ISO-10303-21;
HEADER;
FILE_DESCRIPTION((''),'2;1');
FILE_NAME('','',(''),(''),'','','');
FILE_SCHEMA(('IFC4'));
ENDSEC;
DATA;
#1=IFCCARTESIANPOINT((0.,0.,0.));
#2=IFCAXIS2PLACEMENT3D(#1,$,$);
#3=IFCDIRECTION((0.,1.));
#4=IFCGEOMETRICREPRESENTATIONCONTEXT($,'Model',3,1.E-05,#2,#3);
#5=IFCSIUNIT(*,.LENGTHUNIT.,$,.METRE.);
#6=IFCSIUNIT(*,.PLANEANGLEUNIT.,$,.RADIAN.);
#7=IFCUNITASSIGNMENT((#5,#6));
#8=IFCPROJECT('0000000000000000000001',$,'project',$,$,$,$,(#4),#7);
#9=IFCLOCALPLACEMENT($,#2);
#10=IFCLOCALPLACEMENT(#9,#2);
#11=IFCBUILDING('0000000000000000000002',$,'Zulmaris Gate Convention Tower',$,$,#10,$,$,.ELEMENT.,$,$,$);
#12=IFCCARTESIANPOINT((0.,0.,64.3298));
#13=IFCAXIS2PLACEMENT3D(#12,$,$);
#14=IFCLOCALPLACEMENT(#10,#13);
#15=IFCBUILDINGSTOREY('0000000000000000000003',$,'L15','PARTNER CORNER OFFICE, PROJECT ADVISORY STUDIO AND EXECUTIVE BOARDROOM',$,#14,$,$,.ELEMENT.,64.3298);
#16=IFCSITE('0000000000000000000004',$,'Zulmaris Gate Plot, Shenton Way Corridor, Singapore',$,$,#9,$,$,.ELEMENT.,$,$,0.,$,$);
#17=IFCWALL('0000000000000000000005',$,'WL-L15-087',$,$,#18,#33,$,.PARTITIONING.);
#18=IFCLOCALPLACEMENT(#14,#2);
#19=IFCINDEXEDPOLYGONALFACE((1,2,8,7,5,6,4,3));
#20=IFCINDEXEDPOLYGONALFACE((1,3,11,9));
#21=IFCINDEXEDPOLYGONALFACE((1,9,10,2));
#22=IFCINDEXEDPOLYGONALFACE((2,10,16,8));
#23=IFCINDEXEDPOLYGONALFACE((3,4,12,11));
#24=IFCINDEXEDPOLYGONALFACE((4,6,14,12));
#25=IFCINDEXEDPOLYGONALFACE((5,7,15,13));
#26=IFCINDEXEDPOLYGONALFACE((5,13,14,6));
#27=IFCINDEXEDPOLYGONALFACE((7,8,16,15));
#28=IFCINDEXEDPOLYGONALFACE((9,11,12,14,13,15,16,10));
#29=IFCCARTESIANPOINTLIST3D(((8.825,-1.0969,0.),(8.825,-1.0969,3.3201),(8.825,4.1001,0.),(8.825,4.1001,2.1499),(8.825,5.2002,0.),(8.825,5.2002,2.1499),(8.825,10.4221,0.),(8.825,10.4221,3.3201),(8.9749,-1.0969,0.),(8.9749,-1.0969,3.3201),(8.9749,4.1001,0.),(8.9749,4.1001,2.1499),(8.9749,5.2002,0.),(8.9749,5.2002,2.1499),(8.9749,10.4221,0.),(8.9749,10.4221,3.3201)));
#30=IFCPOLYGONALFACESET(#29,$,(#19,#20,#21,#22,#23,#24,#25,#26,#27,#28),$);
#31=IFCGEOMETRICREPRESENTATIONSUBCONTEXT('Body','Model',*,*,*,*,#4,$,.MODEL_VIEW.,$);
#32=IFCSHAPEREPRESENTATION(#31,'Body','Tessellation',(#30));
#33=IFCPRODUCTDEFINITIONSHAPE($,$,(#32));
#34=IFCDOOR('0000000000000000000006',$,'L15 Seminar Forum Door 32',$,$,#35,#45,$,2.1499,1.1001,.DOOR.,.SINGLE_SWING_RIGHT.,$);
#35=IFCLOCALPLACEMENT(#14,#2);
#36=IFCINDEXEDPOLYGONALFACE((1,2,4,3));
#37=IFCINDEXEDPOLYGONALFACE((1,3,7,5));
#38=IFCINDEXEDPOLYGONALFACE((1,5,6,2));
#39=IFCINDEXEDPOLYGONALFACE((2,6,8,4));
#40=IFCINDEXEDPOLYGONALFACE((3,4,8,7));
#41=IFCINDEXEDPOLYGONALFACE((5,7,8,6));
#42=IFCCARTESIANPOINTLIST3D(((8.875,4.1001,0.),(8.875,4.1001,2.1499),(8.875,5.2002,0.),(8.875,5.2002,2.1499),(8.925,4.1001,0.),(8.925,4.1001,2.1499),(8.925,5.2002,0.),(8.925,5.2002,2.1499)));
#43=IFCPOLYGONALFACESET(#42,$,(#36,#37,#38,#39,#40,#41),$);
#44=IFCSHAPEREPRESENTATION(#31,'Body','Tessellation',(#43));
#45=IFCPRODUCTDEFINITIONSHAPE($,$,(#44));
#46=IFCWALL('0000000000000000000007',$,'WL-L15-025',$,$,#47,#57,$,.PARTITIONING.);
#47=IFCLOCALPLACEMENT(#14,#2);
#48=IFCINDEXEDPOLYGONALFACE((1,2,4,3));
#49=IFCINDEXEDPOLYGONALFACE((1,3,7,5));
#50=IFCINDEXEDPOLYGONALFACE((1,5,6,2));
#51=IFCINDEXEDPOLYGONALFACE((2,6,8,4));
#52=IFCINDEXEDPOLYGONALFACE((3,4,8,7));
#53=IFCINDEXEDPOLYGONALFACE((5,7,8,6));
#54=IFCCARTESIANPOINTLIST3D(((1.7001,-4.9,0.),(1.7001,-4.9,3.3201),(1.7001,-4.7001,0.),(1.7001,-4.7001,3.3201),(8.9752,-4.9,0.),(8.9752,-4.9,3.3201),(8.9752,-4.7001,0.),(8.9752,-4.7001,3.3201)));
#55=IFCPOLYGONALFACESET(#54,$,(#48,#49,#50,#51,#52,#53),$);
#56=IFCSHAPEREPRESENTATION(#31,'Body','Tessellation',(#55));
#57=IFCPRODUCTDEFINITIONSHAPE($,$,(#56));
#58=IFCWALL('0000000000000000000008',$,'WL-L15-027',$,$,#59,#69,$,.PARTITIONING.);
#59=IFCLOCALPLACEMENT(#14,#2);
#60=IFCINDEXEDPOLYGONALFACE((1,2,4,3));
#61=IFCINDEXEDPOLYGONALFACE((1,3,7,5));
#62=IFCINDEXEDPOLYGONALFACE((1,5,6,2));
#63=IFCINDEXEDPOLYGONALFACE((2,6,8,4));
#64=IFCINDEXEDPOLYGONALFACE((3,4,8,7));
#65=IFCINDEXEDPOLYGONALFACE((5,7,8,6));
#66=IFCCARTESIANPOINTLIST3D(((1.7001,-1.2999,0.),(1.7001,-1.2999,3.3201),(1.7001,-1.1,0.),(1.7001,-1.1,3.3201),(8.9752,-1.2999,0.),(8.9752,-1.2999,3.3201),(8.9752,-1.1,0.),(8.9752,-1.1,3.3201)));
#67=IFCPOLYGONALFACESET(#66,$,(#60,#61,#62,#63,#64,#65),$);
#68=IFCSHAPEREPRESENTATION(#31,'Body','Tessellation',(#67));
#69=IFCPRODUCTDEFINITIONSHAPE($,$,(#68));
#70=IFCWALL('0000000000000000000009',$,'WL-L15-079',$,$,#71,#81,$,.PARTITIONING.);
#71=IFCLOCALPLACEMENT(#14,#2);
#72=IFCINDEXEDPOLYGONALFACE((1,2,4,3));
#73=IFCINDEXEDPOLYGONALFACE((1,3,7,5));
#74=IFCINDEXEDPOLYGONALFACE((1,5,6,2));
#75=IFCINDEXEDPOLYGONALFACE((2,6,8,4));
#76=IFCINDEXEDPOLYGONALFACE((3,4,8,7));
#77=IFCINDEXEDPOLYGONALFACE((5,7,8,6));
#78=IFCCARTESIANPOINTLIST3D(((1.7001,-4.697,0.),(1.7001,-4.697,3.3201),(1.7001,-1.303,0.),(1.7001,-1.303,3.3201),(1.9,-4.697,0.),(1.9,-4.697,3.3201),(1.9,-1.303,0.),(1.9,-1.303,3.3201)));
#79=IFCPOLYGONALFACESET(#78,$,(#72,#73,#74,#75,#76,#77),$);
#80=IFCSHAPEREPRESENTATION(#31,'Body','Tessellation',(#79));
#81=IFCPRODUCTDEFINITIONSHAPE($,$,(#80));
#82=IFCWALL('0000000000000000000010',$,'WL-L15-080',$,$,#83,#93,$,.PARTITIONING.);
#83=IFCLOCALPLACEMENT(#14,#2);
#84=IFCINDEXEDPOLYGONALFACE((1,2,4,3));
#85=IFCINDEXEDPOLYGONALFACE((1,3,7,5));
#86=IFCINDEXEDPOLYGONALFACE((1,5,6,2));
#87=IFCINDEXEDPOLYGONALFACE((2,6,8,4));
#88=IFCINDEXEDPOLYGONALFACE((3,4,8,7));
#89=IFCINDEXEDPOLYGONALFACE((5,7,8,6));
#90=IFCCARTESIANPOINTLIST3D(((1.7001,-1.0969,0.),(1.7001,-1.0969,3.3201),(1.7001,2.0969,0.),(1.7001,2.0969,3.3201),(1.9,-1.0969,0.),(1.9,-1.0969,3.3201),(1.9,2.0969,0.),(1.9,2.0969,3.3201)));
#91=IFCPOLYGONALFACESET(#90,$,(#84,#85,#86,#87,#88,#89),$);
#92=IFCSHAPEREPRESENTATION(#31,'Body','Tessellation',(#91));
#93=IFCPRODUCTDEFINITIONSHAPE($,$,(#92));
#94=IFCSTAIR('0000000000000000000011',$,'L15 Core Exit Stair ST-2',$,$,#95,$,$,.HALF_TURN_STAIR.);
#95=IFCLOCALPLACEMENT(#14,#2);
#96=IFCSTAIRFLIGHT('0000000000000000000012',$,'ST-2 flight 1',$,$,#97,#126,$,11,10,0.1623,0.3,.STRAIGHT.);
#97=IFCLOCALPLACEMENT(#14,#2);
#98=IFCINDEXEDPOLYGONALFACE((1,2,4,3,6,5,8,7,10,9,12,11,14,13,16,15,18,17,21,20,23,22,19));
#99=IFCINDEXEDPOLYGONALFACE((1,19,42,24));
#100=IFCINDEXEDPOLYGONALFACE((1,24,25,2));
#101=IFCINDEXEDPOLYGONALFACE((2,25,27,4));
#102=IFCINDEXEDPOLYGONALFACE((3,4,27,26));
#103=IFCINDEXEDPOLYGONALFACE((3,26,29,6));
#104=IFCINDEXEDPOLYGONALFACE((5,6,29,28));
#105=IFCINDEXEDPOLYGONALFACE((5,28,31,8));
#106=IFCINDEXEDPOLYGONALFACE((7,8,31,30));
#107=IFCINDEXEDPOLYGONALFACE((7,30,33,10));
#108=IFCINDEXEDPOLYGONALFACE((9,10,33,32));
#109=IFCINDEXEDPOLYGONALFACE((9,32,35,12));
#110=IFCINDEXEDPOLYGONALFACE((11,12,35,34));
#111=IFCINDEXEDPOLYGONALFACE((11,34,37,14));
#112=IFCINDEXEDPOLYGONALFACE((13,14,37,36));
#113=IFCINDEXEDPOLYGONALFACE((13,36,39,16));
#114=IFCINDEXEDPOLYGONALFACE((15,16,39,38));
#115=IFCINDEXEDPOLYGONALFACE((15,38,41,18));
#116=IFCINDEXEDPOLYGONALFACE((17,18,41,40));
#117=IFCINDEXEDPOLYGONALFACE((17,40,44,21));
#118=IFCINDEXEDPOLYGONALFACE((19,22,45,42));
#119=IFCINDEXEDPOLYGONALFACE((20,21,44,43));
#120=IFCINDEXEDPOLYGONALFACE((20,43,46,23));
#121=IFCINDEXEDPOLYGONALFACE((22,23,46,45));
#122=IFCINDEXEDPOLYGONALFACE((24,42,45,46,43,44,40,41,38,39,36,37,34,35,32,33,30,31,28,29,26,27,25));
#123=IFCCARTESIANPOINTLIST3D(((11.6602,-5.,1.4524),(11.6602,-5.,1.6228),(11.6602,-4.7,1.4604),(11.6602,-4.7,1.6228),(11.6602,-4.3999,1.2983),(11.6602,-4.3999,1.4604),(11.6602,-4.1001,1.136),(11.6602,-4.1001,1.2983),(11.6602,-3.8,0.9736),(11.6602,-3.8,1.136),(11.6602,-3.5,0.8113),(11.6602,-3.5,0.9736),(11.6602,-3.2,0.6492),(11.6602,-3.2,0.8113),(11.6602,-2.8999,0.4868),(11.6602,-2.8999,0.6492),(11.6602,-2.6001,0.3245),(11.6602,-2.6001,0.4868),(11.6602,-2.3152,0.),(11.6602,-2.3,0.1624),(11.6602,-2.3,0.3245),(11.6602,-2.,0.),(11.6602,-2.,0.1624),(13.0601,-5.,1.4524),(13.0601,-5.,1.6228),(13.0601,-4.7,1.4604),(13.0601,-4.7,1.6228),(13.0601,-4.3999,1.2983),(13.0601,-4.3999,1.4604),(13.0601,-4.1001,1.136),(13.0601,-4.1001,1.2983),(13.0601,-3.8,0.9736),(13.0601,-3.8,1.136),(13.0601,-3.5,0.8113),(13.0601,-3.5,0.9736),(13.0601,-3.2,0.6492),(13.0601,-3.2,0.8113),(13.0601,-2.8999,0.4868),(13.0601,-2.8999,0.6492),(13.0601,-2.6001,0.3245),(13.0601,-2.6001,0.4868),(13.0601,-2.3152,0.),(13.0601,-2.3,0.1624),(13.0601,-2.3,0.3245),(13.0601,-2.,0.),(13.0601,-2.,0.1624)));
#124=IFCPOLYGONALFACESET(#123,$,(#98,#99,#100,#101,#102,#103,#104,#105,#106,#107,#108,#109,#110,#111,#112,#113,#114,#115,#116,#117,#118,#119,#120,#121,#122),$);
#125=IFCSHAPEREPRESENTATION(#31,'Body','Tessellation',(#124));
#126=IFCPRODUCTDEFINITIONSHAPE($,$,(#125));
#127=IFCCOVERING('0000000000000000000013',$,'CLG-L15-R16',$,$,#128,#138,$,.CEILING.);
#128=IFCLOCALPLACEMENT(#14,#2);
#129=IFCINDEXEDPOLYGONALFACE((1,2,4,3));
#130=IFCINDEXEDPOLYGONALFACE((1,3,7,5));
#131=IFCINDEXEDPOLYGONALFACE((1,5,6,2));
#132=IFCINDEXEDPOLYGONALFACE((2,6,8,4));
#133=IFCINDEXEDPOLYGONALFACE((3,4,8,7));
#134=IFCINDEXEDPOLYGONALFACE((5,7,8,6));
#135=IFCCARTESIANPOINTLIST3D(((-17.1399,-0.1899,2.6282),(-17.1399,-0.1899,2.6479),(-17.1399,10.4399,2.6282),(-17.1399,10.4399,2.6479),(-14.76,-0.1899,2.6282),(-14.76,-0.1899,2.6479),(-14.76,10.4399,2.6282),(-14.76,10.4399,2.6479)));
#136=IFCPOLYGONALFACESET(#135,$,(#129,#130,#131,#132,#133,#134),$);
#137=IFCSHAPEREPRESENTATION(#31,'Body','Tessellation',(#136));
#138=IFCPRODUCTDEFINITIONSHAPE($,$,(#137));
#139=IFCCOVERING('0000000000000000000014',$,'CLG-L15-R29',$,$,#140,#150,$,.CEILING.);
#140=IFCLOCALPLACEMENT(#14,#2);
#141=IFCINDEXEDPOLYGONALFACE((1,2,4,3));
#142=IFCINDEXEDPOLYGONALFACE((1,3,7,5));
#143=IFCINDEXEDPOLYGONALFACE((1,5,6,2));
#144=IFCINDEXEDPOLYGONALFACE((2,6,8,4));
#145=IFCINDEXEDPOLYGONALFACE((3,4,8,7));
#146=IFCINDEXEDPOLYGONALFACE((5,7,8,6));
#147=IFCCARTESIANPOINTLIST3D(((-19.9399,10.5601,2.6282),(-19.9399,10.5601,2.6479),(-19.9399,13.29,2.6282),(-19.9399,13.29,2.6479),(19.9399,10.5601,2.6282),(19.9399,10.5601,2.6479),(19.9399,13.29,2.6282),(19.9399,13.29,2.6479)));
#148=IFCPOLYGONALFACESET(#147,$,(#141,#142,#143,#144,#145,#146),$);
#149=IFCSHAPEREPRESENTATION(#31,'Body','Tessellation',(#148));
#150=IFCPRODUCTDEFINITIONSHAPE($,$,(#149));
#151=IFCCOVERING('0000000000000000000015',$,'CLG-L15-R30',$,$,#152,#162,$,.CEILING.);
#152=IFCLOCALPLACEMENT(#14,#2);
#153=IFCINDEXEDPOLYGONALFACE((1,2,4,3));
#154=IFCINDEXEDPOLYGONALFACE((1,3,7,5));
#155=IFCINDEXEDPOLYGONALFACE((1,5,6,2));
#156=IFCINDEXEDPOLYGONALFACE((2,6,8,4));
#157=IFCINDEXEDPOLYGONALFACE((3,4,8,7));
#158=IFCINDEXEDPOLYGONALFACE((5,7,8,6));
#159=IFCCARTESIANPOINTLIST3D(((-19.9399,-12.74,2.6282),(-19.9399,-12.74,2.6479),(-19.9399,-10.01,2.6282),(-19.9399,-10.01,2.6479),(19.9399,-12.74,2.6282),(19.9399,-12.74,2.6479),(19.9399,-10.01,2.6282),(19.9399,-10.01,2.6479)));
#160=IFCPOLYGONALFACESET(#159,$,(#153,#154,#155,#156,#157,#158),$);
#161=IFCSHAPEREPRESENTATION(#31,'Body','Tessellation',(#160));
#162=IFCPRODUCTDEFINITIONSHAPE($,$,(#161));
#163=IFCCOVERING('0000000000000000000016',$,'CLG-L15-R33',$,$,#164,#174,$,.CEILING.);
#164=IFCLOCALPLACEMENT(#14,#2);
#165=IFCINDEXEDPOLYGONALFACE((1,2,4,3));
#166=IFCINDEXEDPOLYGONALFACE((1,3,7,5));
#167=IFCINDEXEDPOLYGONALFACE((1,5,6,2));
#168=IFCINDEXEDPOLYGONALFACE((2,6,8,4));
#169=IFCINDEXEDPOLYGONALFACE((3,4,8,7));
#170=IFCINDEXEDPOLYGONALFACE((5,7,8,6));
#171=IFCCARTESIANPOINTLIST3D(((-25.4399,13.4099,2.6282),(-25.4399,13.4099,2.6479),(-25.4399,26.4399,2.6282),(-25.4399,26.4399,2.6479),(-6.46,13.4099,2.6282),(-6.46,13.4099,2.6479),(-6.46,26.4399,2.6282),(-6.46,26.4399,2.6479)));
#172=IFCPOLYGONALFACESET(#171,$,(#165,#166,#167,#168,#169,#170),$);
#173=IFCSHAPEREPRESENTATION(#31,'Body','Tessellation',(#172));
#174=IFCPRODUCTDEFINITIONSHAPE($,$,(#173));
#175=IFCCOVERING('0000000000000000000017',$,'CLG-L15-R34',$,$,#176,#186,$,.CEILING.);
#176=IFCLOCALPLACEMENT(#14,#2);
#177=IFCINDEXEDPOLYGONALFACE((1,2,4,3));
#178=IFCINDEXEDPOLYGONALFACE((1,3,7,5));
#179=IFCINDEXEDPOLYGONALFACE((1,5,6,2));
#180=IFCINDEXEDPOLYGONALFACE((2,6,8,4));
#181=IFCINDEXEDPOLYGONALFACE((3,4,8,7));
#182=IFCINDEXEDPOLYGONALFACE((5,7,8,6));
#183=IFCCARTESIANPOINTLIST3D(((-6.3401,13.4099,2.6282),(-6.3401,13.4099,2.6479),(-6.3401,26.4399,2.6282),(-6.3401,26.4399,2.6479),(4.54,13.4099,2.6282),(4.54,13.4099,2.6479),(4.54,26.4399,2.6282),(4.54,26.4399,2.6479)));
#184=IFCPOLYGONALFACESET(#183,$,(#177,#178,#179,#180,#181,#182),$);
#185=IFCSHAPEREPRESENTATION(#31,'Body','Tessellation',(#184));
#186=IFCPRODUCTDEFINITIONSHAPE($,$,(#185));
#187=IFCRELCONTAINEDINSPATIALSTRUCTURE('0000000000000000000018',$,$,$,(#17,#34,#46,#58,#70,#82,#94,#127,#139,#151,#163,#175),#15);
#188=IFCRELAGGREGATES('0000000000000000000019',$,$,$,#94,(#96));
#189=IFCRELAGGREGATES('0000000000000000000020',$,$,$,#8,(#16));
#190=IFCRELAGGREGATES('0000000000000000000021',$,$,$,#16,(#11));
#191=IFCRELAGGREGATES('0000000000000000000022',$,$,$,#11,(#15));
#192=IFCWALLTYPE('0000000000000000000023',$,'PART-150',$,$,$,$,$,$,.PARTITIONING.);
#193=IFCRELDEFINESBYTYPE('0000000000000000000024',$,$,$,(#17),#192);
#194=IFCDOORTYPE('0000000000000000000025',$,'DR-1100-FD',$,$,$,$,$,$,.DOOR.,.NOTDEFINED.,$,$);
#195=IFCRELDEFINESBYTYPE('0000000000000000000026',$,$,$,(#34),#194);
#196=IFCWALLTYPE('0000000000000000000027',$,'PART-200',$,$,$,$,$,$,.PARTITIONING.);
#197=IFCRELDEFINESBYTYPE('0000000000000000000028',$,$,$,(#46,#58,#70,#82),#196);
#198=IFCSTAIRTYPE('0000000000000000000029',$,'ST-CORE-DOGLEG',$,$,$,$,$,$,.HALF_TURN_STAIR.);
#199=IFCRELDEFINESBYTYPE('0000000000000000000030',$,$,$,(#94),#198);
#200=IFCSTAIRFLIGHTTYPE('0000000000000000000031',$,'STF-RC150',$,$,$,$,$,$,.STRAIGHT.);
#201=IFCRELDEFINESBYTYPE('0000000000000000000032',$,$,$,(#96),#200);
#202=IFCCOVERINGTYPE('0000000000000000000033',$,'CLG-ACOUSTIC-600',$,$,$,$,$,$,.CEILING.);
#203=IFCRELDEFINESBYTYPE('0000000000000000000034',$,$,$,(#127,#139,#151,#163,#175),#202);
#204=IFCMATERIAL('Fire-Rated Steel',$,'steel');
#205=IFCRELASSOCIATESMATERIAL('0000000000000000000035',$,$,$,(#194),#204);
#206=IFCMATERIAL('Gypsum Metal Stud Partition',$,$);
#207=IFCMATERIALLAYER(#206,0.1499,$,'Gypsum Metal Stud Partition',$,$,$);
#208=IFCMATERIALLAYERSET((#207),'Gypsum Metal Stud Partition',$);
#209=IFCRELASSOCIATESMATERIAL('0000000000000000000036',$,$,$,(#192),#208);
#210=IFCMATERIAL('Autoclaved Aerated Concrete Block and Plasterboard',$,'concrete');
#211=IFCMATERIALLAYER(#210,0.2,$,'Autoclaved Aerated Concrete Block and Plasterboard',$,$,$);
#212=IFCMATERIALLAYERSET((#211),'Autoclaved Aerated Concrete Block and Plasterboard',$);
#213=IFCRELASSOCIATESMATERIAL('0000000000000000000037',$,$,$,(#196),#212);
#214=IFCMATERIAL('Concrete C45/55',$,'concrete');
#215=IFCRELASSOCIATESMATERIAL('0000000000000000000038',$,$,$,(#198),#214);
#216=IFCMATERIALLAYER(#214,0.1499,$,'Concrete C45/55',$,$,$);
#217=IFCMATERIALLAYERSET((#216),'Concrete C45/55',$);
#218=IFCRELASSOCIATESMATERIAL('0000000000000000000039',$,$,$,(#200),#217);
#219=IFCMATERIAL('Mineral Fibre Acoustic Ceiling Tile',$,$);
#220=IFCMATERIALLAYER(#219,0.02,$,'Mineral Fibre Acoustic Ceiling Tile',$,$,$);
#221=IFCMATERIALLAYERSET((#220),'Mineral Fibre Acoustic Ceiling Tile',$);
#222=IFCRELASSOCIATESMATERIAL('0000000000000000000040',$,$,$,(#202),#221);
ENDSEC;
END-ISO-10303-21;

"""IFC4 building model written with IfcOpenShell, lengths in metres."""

from ifc_helpers import new_model, si_unit, direction, frame, frame_2d, origin, place, context, subcontext, project, spatial, polyline, rectangle, outline, extrude, material, layer, layer_set, type_object, element, fill, aggregate, save


model = new_model("IFC4")

# Units and contexts
model_context = context("Model", 3, precision=1e-05, world=origin(), true_north=direction((0.0, 1.0)))
body_context = subcontext(model_context, "Body", "Model", "MODEL_VIEW")
ifc_project = project(units=[si_unit("LENGTHUNIT", "METRE"), si_unit("PLANEANGLEUNIT", "RADIAN")], contexts=[model_context])

# Site, building, storey
site_placement = place(None, origin())
site = spatial("IfcSite", under=ifc_project, at=site_placement, Name="Zulmaris Gate Plot, Shenton Way Corridor, Singapore", CompositionType="ELEMENT", RefElevation=0.0)
building_placement = place(site_placement, origin())
building = spatial("IfcBuilding", under=site, at=building_placement, Name="Zulmaris Gate Convention Tower", CompositionType="ELEMENT")
storey_placement = place(building_placement, frame((0.0, 0.0, 64.3298)))
storey = spatial("IfcBuildingStorey", under=building, at=storey_placement, Name="L15", Description="PARTNER CORNER OFFICE, PROJECT ADVISORY STUDIO AND EXECUTIVE BOARDROOM", CompositionType="ELEMENT", Elevation=64.3298)

# Wall, opening, door
ifc_material_1 = material(Name="Fire-Rated Steel", Category="steel")
door_type_1 = type_object("IfcDoorType", Name="DR-1100-FD", OperationType="NOTDEFINED", PredefinedType="DOOR", material=ifc_material_1)
ifc_material_2 = material(Name="Gypsum Metal Stud Partition")
ifc_layer_1 = layer(ifc_material_2, 0.1499, Name="Gypsum Metal Stud Partition")
ifc_layer_set_1 = layer_set([ifc_layer_1], Name="Gypsum Metal Stud Partition")
wall_type_1 = type_object("IfcWallType", Name="PART-150", PredefinedType="PARTITIONING", material=ifc_layer_set_1)
wall_1_placement = place(storey_placement, frame((8.8999, -1.0969, 0.0), z_axis=(0.0, 0.0, 1.0), x_axis=(0.0, 1.0, 0.0)))
wall_1 = element("IfcWall", 1, at=wall_1_placement, inside=storey, type_object=wall_type_1, Name="WL-L15-087", PredefinedType="PARTITIONING", context=body_context, shape_type="SweptSolid", body=[
    extrude(rectangle(XDim=11.519, YDim=0.1499, at=frame_2d((5.7595, 0.0))), origin(), (0.0, 0.0, 1.0), 3.3201),
])
opening_1_placement = place(wall_1_placement, frame((5.197, 0.0, 0.0)))
opening_1 = element("IfcOpeningElement", 2, at=opening_1_placement, cuts=wall_1, PredefinedType="OPENING", context=body_context, shape_type="SweptSolid", body=[
    extrude(rectangle(XDim=1.1001, YDim=2.1499, at=frame_2d((0.55, 1.075))), frame((0.0, 0.085, 0.0), z_axis=(0.0, -1.0, 0.0), x_axis=(1.0, 0.0, 0.0)), (0.0, 0.0, 1.0), 0.1699),
])
door_1_placement = place(opening_1_placement, origin())
door_1 = element("IfcDoor", 3, at=door_1_placement, inside=storey, type_object=door_type_1, Name="L15 Seminar Forum Door 32", OperationType="SINGLE_SWING_RIGHT", OverallHeight=2.1499, OverallWidth=1.1001, PredefinedType="DOOR", context=body_context, shape_type="SweptSolid", body=[
    extrude(rectangle(XDim=1.1001, YDim=2.1499, at=frame_2d((0.55, 1.075))), frame((0.0, 0.0249, 0.0), z_axis=(0.0, -1.0, 0.0), x_axis=(1.0, 0.0, 0.0)), (0.0, 0.0, 1.0), 0.05),
])
fill(opening_1, door_1)

# Walls
ifc_material_3 = material(Name="Autoclaved Aerated Concrete Block and Plasterboard", Category="concrete")
ifc_layer_2 = layer(ifc_material_3, 0.2, Name="Autoclaved Aerated Concrete Block and Plasterboard")
ifc_layer_set_2 = layer_set([ifc_layer_2], Name="Autoclaved Aerated Concrete Block and Plasterboard")
wall_type_2 = type_object("IfcWallType", Name="PART-200", PredefinedType="PARTITIONING", material=ifc_layer_set_2)
for number, where, z_axis, x_axis, name in (
    (4, (1.7, -4.8, 0.0), (0.0, 0.0, 1.0), (1.0, 0.0, 0.0), "WL-L15-025"),
    (5, (1.7, -1.2, 0.0), (0.0, 0.0, 1.0), (1.0, 0.0, 0.0), "WL-L15-027"),
):
    element("IfcWall", number, at=place(storey_placement, frame(where, z_axis=z_axis, x_axis=x_axis)), inside=storey, type_object=wall_type_2, Name=name, PredefinedType="PARTITIONING", context=body_context, shape_type="SweptSolid", body=[
        extrude(rectangle(XDim=7.2751, YDim=0.2, at=frame_2d((3.6377, 0.0))), origin(), (0.0, 0.0, 1.0), 3.3201),
    ])
wall_2_placement = place(storey_placement, frame((1.8, -4.697, 0.0), z_axis=(0.0, 0.0, 1.0), x_axis=(0.0, 1.0, 0.0)))
element("IfcWall", 6, at=wall_2_placement, inside=storey, type_object=wall_type_2, Name="WL-L15-079", PredefinedType="PARTITIONING", context=body_context, shape_type="SweptSolid", body=[
    extrude(rectangle(XDim=3.394, YDim=0.2, at=frame_2d((1.697, 0.0))), origin(), (0.0, 0.0, 1.0), 3.3201),
])
wall_3_placement = place(storey_placement, frame((1.8, -1.0969, 0.0), z_axis=(0.0, 0.0, 1.0), x_axis=(0.0, 1.0, 0.0)))
element("IfcWall", 7, at=wall_3_placement, inside=storey, type_object=wall_type_2, Name="WL-L15-080", PredefinedType="PARTITIONING", context=body_context, shape_type="SweptSolid", body=[
    extrude(rectangle(XDim=3.1938, YDim=0.2, at=frame_2d((1.5969, 0.0))), origin(), (0.0, 0.0, 1.0), 3.3201),
])

# Stair, stair flight
ifc_material_4 = material(Name="Concrete C45/55", Category="concrete")
stair_type = type_object("IfcStairType", Name="ST-CORE-DOGLEG", PredefinedType="HALF_TURN_STAIR", material=ifc_material_4)
stair_placement = place(storey_placement, origin())
stair = element("IfcStair", 8, at=stair_placement, inside=storey, type_object=stair_type, Name="L15 Core Exit Stair ST-2", PredefinedType="HALF_TURN_STAIR")
ifc_layer_3 = layer(ifc_material_4, 0.1499, Name="Concrete C45/55")
ifc_layer_set_3 = layer_set([ifc_layer_3], Name="Concrete C45/55")
stair_flight_type = type_object("IfcStairFlightType", Name="STF-RC150", PredefinedType="STRAIGHT", material=ifc_layer_set_3)
stair_flight_placement = place(storey_placement, frame((12.3601, -2.0, 0.0), z_axis=(0.0, 0.0, 1.0), x_axis=(0.0, -1.0, 0.0)))
stair_flight = element("IfcStairFlight", 9, at=stair_flight_placement, type_object=stair_flight_type, Name="ST-2 flight 1", NumberOfRisers=11, NumberOfTreads=10, PredefinedType="STRAIGHT", RiserHeight=0.1623, TreadLength=0.3, context=body_context, shape_type="SweptSolid", body=[
    extrude(outline(polyline([(0.0, 0.0), (0.0, 0.1624), (0.3, 0.1624), (0.3, 0.3245), (0.6001, 0.3245), (0.6001, 0.4868), (0.8999, 0.4868), (0.8999, 0.6492), (1.2, 0.6492), (1.2, 0.8113), (1.5, 0.8113), (1.5, 0.9736), (1.8, 0.9736), (1.8, 1.136), (2.1001, 1.136), (2.1001, 1.2983), (2.3999, 1.2983), (2.3999, 1.4604), (2.7, 1.4604), (2.7, 1.6228), (3.0, 1.6228), (3.0, 1.7852), (3.0, 1.4524), (0.3152, 0.0), (0.0, 0.0)])), frame((0.0, 0.7, 0.0), z_axis=(0.0, -1.0, 0.0), x_axis=(1.0, 0.0, 0.0)), (0.0, 0.0, 1.0), 1.3999),
])
aggregate(stair, [stair_flight])

# Coverings
ifc_material_5 = material(Name="Mineral Fibre Acoustic Ceiling Tile")
ifc_layer_4 = layer(ifc_material_5, 0.02, Name="Mineral Fibre Acoustic Ceiling Tile")
ifc_layer_set_4 = layer_set([ifc_layer_4], Name="Mineral Fibre Acoustic Ceiling Tile")
covering_type_1 = type_object("IfcCoveringType", Name="CLG-ACOUSTIC-600", PredefinedType="CEILING", material=ifc_layer_set_4)
covering_1_placement = place(storey_placement, frame((0.0, 0.0, 2.6282)))
element("IfcCovering", 10, at=covering_1_placement, inside=storey, type_object=covering_type_1, Name="CLG-L15-R16", PredefinedType="CEILING", context=body_context, shape_type="SweptSolid", body=[
    extrude(outline(polyline([(-17.1399, -0.1899), (-14.76, -0.1899), (-14.76, 10.4399), (-17.1399, 10.4399), (-17.1399, -0.1899)])), origin(), (0.0, 0.0, 1.0), 0.0198),
])
covering_2_placement = place(storey_placement, frame((0.0, 0.0, 2.6282)))
element("IfcCovering", 11, at=covering_2_placement, inside=storey, type_object=covering_type_1, Name="CLG-L15-R29", PredefinedType="CEILING", context=body_context, shape_type="SweptSolid", body=[
    extrude(outline(polyline([(-19.9399, 10.5601), (19.9399, 10.5601), (19.9399, 13.29), (-19.9399, 13.29), (-19.9399, 10.5601)])), origin(), (0.0, 0.0, 1.0), 0.0198),
])
covering_3_placement = place(storey_placement, frame((0.0, 0.0, 2.6282)))
element("IfcCovering", 12, at=covering_3_placement, inside=storey, type_object=covering_type_1, Name="CLG-L15-R30", PredefinedType="CEILING", context=body_context, shape_type="SweptSolid", body=[
    extrude(outline(polyline([(-19.9399, -12.74), (19.9399, -12.74), (19.9399, -10.01), (-19.9399, -10.01), (-19.9399, -12.74)])), origin(), (0.0, 0.0, 1.0), 0.0198),
])
covering_4_placement = place(storey_placement, frame((0.0, 0.0, 2.6282)))
element("IfcCovering", 13, at=covering_4_placement, inside=storey, type_object=covering_type_1, Name="CLG-L15-R33", PredefinedType="CEILING", context=body_context, shape_type="SweptSolid", body=[
    extrude(outline(polyline([(-25.4399, 13.4099), (-6.46, 13.4099), (-6.46, 26.4399), (-25.4399, 26.4399), (-25.4399, 13.4099)])), origin(), (0.0, 0.0, 1.0), 0.0198),
])
covering_5_placement = place(storey_placement, frame((0.0, 0.0, 2.6282)))
element("IfcCovering", 14, at=covering_5_placement, inside=storey, type_object=covering_type_1, Name="CLG-L15-R34", PredefinedType="CEILING", context=body_context, shape_type="SweptSolid", body=[
    extrude(outline(polyline([(-6.3401, 13.4099), (4.54, 13.4099), (4.54, 26.4399), (-6.3401, 26.4399), (-6.3401, 13.4099)])), origin(), (0.0, 0.0, 1.0), 0.0198),
])

save(model, "model.ifc")
